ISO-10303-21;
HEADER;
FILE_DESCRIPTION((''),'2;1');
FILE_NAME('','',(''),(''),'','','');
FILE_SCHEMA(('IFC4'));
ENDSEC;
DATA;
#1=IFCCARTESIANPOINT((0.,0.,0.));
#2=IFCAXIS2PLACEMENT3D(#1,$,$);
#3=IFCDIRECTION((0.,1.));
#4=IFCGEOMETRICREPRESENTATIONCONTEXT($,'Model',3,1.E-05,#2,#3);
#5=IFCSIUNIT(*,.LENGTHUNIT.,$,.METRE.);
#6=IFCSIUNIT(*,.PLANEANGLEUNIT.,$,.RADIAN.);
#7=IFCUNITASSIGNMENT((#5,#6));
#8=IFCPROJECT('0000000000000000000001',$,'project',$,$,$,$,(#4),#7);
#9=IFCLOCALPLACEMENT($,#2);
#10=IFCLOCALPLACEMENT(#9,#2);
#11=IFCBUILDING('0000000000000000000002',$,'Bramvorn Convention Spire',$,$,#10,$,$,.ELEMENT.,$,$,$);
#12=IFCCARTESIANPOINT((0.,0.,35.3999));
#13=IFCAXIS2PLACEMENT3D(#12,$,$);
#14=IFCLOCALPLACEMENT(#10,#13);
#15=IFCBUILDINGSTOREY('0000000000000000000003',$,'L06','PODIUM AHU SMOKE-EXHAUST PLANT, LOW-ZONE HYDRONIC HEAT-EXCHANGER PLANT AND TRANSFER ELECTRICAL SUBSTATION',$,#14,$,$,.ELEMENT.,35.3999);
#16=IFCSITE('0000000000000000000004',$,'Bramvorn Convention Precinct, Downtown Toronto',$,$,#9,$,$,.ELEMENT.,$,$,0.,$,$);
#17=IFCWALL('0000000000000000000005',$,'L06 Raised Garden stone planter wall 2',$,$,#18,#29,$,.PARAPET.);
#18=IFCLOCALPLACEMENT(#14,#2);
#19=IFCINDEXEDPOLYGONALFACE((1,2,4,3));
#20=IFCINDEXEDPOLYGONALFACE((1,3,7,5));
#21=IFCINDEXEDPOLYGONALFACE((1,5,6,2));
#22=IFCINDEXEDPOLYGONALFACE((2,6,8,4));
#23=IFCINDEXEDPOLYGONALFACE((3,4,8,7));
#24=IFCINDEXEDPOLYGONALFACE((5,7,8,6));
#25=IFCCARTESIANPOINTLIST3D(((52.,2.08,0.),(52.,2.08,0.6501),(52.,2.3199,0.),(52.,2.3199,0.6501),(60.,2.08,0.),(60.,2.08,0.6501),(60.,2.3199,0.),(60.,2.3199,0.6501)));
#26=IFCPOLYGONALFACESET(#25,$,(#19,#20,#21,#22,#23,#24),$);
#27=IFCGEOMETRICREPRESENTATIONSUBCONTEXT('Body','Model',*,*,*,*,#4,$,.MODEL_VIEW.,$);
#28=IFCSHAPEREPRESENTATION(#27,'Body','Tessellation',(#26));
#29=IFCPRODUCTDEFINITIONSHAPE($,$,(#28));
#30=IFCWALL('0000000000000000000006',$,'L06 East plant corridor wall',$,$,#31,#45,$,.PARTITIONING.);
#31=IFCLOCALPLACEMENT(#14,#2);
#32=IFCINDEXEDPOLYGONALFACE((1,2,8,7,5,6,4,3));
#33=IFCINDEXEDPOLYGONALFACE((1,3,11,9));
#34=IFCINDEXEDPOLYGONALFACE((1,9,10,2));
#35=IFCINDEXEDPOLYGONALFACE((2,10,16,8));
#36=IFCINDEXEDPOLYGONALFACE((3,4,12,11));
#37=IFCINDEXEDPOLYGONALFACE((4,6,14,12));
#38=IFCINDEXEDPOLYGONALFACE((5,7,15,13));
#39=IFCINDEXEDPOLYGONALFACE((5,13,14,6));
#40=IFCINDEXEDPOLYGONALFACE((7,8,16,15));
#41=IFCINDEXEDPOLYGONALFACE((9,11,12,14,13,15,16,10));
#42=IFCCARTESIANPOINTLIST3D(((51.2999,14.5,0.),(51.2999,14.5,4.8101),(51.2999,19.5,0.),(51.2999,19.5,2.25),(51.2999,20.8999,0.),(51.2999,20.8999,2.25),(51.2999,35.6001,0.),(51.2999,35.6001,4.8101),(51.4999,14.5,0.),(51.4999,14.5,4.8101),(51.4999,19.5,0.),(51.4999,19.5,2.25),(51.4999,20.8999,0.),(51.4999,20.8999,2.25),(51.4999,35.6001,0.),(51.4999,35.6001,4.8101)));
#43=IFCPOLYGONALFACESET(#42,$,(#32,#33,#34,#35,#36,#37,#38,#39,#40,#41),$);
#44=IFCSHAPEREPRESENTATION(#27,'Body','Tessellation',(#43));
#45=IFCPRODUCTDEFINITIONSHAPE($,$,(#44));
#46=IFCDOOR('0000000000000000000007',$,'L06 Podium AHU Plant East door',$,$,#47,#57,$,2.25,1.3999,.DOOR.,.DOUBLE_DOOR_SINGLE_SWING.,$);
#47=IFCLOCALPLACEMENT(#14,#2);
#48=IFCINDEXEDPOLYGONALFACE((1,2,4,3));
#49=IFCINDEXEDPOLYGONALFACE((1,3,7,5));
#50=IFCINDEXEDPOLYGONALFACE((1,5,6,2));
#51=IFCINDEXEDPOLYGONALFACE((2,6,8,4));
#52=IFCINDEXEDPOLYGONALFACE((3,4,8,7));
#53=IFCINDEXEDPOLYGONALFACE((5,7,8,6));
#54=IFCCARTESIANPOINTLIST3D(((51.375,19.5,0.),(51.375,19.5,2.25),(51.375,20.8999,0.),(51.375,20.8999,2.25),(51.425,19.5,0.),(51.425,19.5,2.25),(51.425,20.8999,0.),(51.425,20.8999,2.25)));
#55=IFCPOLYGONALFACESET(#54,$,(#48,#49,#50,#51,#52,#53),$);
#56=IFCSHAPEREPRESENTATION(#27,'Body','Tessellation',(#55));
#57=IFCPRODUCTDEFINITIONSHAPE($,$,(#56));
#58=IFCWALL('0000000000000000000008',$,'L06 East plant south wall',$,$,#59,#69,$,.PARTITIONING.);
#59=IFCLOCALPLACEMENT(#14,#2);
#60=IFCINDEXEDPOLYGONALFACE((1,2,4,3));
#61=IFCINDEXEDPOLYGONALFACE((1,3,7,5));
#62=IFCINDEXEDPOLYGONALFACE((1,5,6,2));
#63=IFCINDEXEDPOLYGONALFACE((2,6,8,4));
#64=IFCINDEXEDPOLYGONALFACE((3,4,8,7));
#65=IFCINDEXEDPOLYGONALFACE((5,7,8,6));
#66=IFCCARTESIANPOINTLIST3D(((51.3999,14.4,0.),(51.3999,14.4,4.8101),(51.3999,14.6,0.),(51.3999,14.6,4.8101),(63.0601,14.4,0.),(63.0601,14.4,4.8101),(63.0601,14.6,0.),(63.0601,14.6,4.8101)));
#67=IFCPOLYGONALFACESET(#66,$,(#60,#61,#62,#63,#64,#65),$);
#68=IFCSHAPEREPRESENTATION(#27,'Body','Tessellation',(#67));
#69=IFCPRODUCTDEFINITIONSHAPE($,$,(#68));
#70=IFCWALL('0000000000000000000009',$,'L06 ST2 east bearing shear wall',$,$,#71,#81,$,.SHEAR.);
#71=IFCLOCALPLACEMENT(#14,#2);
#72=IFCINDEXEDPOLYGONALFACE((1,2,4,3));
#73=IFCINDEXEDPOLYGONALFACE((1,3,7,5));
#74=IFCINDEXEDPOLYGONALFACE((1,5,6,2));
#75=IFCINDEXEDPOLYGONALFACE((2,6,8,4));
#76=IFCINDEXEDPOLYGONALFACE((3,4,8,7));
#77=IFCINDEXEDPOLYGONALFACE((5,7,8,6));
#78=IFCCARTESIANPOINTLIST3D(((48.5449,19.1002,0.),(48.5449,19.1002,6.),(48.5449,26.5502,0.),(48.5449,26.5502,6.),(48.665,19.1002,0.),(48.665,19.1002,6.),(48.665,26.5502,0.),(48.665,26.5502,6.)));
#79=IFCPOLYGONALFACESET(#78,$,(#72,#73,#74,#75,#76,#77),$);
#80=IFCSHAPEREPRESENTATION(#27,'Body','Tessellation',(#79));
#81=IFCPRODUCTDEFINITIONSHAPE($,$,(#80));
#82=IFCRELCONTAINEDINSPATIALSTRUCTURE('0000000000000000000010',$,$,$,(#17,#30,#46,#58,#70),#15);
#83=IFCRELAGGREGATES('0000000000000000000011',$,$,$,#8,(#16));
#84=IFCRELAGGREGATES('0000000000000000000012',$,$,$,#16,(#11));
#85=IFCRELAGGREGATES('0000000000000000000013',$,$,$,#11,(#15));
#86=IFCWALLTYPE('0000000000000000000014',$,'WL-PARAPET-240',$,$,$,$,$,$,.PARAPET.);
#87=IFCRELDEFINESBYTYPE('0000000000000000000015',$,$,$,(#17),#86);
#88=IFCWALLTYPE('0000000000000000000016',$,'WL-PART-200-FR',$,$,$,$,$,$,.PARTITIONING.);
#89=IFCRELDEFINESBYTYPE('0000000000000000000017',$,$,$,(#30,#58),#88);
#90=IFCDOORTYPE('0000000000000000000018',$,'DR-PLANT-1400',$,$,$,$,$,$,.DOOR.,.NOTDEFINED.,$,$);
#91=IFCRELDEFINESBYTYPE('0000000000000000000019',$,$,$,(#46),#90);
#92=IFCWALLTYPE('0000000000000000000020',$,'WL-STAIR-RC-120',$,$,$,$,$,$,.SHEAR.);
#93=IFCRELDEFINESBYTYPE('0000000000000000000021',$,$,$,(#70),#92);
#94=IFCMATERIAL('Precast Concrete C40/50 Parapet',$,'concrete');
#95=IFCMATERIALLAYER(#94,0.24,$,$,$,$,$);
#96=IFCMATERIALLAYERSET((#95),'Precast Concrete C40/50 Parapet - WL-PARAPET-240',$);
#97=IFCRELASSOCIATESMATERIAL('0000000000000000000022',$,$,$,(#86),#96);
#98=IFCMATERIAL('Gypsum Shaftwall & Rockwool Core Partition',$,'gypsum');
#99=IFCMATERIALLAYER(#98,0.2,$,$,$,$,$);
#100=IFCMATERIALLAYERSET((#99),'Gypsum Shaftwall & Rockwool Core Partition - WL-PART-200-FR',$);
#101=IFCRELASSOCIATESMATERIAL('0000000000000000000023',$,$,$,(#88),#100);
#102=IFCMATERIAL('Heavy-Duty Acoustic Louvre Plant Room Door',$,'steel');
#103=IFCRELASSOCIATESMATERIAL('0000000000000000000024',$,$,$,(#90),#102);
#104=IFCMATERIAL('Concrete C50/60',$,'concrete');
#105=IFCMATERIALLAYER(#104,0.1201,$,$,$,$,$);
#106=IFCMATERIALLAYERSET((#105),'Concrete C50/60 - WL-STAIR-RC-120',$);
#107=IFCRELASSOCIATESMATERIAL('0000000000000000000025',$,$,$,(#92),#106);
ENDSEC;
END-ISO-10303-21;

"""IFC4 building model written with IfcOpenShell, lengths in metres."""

from ifc_helpers import new_model, si_unit, direction, frame, frame_2d, origin, place, context, subcontext, project, spatial, rectangle, extrude, material, layer, layer_set, type_object, element, fill, save


model = new_model("IFC4")

# Units and contexts
model_context = context("Model", 3, precision=1e-05, world=origin(), true_north=direction((0.0, 1.0)))
body_context = subcontext(model_context, "Body", "Model", "MODEL_VIEW")
ifc_project = project(units=[si_unit("LENGTHUNIT", "METRE"), si_unit("PLANEANGLEUNIT", "RADIAN")], contexts=[model_context])

# Site, building, storey
site_placement = place(None, origin())
site = spatial("IfcSite", under=ifc_project, at=site_placement, Name="Bramvorn Convention Precinct, Downtown Toronto", CompositionType="ELEMENT", RefElevation=0.0)
building_placement = place(site_placement, origin())
building = spatial("IfcBuilding", under=site, at=building_placement, Name="Bramvorn Convention Spire", CompositionType="ELEMENT")
storey_placement = place(building_placement, frame((0.0, 0.0, 35.3999)))
storey = spatial("IfcBuildingStorey", under=building, at=storey_placement, Name="L06", Description="PODIUM AHU SMOKE-EXHAUST PLANT, LOW-ZONE HYDRONIC HEAT-EXCHANGER PLANT AND TRANSFER ELECTRICAL SUBSTATION", CompositionType="ELEMENT", Elevation=35.3999)

# Wall
ifc_material_1 = material(Name="Precast Concrete C40/50 Parapet", Category="concrete")
ifc_layer_1 = layer(ifc_material_1, 0.24)
ifc_layer_set_1 = layer_set([ifc_layer_1], Name="Precast Concrete C40/50 Parapet - WL-PARAPET-240")
wall_type_1 = type_object("IfcWallType", Name="WL-PARAPET-240", PredefinedType="PARAPET", material=ifc_layer_set_1)
wall_1_placement = place(storey_placement, frame((52.0, 2.2, 0.0), z_axis=(0.0, 0.0, 1.0), x_axis=(1.0, 0.0, 0.0)))
element("IfcWall", 1, at=wall_1_placement, inside=storey, type_object=wall_type_1, Name="L06 Raised Garden stone planter wall 2", PredefinedType="PARAPET", context=body_context, shape_type="SweptSolid", body=[
    extrude(rectangle(XDim=8.0, YDim=0.24, at=frame_2d((4.0, 0.0))), origin(), (0.0, 0.0, 1.0), 0.6501),
])

# Wall, opening, door
ifc_material_2 = material(Name="Gypsum Shaftwall & Rockwool Core Partition", Category="gypsum")
ifc_layer_2 = layer(ifc_material_2, 0.2)
ifc_layer_set_2 = layer_set([ifc_layer_2], Name="Gypsum Shaftwall & Rockwool Core Partition - WL-PART-200-FR")
wall_type_2 = type_object("IfcWallType", Name="WL-PART-200-FR", PredefinedType="PARTITIONING", material=ifc_layer_set_2)
wall_2_placement = place(storey_placement, frame((51.3999, 14.5, 0.0), z_axis=(0.0, 0.0, 1.0), x_axis=(0.0, 1.0, 0.0)))
wall_2 = element("IfcWall", 2, at=wall_2_placement, inside=storey, type_object=wall_type_2, Name="L06 East plant corridor wall", PredefinedType="PARTITIONING", context=body_context, shape_type="SweptSolid", body=[
    extrude(rectangle(XDim=21.1001, YDim=0.2, at=frame_2d((10.55, 0.0))), origin(), (0.0, 0.0, 1.0), 4.8101),
])
opening_1_placement = place(wall_2_placement, frame((5.0, 0.0, 0.0)))
opening_1 = element("IfcOpeningElement", 3, at=opening_1_placement, cuts=wall_2, PredefinedType="OPENING", context=body_context, shape_type="SweptSolid", body=[
    extrude(rectangle(XDim=1.3999, YDim=2.25, at=frame_2d((0.7, 1.125))), frame((0.0, 0.1099, 0.0), z_axis=(0.0, -1.0, 0.0), x_axis=(1.0, 0.0, 0.0)), (0.0, 0.0, 1.0), 0.22),
])
ifc_material_3 = material(Name="Heavy-Duty Acoustic Louvre Plant Room Door", Category="steel")
door_type_1 = type_object("IfcDoorType", Name="DR-PLANT-1400", OperationType="NOTDEFINED", PredefinedType="DOOR", material=ifc_material_3)
door_1_placement = place(opening_1_placement, origin())
door_1 = element("IfcDoor", 4, at=door_1_placement, inside=storey, type_object=door_type_1, Name="L06 Podium AHU Plant East door", OperationType="DOUBLE_DOOR_SINGLE_SWING", OverallHeight=2.25, OverallWidth=1.3999, PredefinedType="DOOR", context=body_context, shape_type="SweptSolid", body=[
    extrude(rectangle(XDim=1.3999, YDim=2.25, at=frame_2d((0.7, 1.125))), frame((0.0, 0.0249, 0.0), z_axis=(0.0, -1.0, 0.0), x_axis=(1.0, 0.0, 0.0)), (0.0, 0.0, 1.0), 0.05),
])
fill(opening_1, door_1)

# Walls
wall_3_placement = place(storey_placement, frame((51.3999, 14.5, 0.0), z_axis=(0.0, 0.0, 1.0), x_axis=(1.0, 0.0, 0.0)))
element("IfcWall", 5, at=wall_3_placement, inside=storey, type_object=wall_type_2, Name="L06 East plant south wall", PredefinedType="PARTITIONING", context=body_context, shape_type="SweptSolid", body=[
    extrude(rectangle(XDim=11.6602, YDim=0.2, at=frame_2d((5.8301, 0.0))), origin(), (0.0, 0.0, 1.0), 4.8101),
])
ifc_material_4 = material(Name="Concrete C50/60", Category="concrete")
ifc_layer_3 = layer(ifc_material_4, 0.1201)
ifc_layer_set_3 = layer_set([ifc_layer_3], Name="Concrete C50/60 - WL-STAIR-RC-120")
wall_type_3 = type_object("IfcWallType", Name="WL-STAIR-RC-120", PredefinedType="SHEAR", material=ifc_layer_set_3)
wall_4_placement = place(storey_placement, frame((48.605, 19.1001, 0.0), z_axis=(0.0, 0.0, 1.0), x_axis=(0.0, 1.0, 0.0)))
element("IfcWall", 6, at=wall_4_placement, inside=storey, type_object=wall_type_3, Name="L06 ST2 east bearing shear wall", PredefinedType="SHEAR", context=body_context, shape_type="SweptSolid", body=[
    extrude(rectangle(XDim=7.45, YDim=0.1201, at=frame_2d((3.7251, 0.0))), origin(), (0.0, 0.0, 1.0), 6.0),
])

save(model, "model.ifc")
